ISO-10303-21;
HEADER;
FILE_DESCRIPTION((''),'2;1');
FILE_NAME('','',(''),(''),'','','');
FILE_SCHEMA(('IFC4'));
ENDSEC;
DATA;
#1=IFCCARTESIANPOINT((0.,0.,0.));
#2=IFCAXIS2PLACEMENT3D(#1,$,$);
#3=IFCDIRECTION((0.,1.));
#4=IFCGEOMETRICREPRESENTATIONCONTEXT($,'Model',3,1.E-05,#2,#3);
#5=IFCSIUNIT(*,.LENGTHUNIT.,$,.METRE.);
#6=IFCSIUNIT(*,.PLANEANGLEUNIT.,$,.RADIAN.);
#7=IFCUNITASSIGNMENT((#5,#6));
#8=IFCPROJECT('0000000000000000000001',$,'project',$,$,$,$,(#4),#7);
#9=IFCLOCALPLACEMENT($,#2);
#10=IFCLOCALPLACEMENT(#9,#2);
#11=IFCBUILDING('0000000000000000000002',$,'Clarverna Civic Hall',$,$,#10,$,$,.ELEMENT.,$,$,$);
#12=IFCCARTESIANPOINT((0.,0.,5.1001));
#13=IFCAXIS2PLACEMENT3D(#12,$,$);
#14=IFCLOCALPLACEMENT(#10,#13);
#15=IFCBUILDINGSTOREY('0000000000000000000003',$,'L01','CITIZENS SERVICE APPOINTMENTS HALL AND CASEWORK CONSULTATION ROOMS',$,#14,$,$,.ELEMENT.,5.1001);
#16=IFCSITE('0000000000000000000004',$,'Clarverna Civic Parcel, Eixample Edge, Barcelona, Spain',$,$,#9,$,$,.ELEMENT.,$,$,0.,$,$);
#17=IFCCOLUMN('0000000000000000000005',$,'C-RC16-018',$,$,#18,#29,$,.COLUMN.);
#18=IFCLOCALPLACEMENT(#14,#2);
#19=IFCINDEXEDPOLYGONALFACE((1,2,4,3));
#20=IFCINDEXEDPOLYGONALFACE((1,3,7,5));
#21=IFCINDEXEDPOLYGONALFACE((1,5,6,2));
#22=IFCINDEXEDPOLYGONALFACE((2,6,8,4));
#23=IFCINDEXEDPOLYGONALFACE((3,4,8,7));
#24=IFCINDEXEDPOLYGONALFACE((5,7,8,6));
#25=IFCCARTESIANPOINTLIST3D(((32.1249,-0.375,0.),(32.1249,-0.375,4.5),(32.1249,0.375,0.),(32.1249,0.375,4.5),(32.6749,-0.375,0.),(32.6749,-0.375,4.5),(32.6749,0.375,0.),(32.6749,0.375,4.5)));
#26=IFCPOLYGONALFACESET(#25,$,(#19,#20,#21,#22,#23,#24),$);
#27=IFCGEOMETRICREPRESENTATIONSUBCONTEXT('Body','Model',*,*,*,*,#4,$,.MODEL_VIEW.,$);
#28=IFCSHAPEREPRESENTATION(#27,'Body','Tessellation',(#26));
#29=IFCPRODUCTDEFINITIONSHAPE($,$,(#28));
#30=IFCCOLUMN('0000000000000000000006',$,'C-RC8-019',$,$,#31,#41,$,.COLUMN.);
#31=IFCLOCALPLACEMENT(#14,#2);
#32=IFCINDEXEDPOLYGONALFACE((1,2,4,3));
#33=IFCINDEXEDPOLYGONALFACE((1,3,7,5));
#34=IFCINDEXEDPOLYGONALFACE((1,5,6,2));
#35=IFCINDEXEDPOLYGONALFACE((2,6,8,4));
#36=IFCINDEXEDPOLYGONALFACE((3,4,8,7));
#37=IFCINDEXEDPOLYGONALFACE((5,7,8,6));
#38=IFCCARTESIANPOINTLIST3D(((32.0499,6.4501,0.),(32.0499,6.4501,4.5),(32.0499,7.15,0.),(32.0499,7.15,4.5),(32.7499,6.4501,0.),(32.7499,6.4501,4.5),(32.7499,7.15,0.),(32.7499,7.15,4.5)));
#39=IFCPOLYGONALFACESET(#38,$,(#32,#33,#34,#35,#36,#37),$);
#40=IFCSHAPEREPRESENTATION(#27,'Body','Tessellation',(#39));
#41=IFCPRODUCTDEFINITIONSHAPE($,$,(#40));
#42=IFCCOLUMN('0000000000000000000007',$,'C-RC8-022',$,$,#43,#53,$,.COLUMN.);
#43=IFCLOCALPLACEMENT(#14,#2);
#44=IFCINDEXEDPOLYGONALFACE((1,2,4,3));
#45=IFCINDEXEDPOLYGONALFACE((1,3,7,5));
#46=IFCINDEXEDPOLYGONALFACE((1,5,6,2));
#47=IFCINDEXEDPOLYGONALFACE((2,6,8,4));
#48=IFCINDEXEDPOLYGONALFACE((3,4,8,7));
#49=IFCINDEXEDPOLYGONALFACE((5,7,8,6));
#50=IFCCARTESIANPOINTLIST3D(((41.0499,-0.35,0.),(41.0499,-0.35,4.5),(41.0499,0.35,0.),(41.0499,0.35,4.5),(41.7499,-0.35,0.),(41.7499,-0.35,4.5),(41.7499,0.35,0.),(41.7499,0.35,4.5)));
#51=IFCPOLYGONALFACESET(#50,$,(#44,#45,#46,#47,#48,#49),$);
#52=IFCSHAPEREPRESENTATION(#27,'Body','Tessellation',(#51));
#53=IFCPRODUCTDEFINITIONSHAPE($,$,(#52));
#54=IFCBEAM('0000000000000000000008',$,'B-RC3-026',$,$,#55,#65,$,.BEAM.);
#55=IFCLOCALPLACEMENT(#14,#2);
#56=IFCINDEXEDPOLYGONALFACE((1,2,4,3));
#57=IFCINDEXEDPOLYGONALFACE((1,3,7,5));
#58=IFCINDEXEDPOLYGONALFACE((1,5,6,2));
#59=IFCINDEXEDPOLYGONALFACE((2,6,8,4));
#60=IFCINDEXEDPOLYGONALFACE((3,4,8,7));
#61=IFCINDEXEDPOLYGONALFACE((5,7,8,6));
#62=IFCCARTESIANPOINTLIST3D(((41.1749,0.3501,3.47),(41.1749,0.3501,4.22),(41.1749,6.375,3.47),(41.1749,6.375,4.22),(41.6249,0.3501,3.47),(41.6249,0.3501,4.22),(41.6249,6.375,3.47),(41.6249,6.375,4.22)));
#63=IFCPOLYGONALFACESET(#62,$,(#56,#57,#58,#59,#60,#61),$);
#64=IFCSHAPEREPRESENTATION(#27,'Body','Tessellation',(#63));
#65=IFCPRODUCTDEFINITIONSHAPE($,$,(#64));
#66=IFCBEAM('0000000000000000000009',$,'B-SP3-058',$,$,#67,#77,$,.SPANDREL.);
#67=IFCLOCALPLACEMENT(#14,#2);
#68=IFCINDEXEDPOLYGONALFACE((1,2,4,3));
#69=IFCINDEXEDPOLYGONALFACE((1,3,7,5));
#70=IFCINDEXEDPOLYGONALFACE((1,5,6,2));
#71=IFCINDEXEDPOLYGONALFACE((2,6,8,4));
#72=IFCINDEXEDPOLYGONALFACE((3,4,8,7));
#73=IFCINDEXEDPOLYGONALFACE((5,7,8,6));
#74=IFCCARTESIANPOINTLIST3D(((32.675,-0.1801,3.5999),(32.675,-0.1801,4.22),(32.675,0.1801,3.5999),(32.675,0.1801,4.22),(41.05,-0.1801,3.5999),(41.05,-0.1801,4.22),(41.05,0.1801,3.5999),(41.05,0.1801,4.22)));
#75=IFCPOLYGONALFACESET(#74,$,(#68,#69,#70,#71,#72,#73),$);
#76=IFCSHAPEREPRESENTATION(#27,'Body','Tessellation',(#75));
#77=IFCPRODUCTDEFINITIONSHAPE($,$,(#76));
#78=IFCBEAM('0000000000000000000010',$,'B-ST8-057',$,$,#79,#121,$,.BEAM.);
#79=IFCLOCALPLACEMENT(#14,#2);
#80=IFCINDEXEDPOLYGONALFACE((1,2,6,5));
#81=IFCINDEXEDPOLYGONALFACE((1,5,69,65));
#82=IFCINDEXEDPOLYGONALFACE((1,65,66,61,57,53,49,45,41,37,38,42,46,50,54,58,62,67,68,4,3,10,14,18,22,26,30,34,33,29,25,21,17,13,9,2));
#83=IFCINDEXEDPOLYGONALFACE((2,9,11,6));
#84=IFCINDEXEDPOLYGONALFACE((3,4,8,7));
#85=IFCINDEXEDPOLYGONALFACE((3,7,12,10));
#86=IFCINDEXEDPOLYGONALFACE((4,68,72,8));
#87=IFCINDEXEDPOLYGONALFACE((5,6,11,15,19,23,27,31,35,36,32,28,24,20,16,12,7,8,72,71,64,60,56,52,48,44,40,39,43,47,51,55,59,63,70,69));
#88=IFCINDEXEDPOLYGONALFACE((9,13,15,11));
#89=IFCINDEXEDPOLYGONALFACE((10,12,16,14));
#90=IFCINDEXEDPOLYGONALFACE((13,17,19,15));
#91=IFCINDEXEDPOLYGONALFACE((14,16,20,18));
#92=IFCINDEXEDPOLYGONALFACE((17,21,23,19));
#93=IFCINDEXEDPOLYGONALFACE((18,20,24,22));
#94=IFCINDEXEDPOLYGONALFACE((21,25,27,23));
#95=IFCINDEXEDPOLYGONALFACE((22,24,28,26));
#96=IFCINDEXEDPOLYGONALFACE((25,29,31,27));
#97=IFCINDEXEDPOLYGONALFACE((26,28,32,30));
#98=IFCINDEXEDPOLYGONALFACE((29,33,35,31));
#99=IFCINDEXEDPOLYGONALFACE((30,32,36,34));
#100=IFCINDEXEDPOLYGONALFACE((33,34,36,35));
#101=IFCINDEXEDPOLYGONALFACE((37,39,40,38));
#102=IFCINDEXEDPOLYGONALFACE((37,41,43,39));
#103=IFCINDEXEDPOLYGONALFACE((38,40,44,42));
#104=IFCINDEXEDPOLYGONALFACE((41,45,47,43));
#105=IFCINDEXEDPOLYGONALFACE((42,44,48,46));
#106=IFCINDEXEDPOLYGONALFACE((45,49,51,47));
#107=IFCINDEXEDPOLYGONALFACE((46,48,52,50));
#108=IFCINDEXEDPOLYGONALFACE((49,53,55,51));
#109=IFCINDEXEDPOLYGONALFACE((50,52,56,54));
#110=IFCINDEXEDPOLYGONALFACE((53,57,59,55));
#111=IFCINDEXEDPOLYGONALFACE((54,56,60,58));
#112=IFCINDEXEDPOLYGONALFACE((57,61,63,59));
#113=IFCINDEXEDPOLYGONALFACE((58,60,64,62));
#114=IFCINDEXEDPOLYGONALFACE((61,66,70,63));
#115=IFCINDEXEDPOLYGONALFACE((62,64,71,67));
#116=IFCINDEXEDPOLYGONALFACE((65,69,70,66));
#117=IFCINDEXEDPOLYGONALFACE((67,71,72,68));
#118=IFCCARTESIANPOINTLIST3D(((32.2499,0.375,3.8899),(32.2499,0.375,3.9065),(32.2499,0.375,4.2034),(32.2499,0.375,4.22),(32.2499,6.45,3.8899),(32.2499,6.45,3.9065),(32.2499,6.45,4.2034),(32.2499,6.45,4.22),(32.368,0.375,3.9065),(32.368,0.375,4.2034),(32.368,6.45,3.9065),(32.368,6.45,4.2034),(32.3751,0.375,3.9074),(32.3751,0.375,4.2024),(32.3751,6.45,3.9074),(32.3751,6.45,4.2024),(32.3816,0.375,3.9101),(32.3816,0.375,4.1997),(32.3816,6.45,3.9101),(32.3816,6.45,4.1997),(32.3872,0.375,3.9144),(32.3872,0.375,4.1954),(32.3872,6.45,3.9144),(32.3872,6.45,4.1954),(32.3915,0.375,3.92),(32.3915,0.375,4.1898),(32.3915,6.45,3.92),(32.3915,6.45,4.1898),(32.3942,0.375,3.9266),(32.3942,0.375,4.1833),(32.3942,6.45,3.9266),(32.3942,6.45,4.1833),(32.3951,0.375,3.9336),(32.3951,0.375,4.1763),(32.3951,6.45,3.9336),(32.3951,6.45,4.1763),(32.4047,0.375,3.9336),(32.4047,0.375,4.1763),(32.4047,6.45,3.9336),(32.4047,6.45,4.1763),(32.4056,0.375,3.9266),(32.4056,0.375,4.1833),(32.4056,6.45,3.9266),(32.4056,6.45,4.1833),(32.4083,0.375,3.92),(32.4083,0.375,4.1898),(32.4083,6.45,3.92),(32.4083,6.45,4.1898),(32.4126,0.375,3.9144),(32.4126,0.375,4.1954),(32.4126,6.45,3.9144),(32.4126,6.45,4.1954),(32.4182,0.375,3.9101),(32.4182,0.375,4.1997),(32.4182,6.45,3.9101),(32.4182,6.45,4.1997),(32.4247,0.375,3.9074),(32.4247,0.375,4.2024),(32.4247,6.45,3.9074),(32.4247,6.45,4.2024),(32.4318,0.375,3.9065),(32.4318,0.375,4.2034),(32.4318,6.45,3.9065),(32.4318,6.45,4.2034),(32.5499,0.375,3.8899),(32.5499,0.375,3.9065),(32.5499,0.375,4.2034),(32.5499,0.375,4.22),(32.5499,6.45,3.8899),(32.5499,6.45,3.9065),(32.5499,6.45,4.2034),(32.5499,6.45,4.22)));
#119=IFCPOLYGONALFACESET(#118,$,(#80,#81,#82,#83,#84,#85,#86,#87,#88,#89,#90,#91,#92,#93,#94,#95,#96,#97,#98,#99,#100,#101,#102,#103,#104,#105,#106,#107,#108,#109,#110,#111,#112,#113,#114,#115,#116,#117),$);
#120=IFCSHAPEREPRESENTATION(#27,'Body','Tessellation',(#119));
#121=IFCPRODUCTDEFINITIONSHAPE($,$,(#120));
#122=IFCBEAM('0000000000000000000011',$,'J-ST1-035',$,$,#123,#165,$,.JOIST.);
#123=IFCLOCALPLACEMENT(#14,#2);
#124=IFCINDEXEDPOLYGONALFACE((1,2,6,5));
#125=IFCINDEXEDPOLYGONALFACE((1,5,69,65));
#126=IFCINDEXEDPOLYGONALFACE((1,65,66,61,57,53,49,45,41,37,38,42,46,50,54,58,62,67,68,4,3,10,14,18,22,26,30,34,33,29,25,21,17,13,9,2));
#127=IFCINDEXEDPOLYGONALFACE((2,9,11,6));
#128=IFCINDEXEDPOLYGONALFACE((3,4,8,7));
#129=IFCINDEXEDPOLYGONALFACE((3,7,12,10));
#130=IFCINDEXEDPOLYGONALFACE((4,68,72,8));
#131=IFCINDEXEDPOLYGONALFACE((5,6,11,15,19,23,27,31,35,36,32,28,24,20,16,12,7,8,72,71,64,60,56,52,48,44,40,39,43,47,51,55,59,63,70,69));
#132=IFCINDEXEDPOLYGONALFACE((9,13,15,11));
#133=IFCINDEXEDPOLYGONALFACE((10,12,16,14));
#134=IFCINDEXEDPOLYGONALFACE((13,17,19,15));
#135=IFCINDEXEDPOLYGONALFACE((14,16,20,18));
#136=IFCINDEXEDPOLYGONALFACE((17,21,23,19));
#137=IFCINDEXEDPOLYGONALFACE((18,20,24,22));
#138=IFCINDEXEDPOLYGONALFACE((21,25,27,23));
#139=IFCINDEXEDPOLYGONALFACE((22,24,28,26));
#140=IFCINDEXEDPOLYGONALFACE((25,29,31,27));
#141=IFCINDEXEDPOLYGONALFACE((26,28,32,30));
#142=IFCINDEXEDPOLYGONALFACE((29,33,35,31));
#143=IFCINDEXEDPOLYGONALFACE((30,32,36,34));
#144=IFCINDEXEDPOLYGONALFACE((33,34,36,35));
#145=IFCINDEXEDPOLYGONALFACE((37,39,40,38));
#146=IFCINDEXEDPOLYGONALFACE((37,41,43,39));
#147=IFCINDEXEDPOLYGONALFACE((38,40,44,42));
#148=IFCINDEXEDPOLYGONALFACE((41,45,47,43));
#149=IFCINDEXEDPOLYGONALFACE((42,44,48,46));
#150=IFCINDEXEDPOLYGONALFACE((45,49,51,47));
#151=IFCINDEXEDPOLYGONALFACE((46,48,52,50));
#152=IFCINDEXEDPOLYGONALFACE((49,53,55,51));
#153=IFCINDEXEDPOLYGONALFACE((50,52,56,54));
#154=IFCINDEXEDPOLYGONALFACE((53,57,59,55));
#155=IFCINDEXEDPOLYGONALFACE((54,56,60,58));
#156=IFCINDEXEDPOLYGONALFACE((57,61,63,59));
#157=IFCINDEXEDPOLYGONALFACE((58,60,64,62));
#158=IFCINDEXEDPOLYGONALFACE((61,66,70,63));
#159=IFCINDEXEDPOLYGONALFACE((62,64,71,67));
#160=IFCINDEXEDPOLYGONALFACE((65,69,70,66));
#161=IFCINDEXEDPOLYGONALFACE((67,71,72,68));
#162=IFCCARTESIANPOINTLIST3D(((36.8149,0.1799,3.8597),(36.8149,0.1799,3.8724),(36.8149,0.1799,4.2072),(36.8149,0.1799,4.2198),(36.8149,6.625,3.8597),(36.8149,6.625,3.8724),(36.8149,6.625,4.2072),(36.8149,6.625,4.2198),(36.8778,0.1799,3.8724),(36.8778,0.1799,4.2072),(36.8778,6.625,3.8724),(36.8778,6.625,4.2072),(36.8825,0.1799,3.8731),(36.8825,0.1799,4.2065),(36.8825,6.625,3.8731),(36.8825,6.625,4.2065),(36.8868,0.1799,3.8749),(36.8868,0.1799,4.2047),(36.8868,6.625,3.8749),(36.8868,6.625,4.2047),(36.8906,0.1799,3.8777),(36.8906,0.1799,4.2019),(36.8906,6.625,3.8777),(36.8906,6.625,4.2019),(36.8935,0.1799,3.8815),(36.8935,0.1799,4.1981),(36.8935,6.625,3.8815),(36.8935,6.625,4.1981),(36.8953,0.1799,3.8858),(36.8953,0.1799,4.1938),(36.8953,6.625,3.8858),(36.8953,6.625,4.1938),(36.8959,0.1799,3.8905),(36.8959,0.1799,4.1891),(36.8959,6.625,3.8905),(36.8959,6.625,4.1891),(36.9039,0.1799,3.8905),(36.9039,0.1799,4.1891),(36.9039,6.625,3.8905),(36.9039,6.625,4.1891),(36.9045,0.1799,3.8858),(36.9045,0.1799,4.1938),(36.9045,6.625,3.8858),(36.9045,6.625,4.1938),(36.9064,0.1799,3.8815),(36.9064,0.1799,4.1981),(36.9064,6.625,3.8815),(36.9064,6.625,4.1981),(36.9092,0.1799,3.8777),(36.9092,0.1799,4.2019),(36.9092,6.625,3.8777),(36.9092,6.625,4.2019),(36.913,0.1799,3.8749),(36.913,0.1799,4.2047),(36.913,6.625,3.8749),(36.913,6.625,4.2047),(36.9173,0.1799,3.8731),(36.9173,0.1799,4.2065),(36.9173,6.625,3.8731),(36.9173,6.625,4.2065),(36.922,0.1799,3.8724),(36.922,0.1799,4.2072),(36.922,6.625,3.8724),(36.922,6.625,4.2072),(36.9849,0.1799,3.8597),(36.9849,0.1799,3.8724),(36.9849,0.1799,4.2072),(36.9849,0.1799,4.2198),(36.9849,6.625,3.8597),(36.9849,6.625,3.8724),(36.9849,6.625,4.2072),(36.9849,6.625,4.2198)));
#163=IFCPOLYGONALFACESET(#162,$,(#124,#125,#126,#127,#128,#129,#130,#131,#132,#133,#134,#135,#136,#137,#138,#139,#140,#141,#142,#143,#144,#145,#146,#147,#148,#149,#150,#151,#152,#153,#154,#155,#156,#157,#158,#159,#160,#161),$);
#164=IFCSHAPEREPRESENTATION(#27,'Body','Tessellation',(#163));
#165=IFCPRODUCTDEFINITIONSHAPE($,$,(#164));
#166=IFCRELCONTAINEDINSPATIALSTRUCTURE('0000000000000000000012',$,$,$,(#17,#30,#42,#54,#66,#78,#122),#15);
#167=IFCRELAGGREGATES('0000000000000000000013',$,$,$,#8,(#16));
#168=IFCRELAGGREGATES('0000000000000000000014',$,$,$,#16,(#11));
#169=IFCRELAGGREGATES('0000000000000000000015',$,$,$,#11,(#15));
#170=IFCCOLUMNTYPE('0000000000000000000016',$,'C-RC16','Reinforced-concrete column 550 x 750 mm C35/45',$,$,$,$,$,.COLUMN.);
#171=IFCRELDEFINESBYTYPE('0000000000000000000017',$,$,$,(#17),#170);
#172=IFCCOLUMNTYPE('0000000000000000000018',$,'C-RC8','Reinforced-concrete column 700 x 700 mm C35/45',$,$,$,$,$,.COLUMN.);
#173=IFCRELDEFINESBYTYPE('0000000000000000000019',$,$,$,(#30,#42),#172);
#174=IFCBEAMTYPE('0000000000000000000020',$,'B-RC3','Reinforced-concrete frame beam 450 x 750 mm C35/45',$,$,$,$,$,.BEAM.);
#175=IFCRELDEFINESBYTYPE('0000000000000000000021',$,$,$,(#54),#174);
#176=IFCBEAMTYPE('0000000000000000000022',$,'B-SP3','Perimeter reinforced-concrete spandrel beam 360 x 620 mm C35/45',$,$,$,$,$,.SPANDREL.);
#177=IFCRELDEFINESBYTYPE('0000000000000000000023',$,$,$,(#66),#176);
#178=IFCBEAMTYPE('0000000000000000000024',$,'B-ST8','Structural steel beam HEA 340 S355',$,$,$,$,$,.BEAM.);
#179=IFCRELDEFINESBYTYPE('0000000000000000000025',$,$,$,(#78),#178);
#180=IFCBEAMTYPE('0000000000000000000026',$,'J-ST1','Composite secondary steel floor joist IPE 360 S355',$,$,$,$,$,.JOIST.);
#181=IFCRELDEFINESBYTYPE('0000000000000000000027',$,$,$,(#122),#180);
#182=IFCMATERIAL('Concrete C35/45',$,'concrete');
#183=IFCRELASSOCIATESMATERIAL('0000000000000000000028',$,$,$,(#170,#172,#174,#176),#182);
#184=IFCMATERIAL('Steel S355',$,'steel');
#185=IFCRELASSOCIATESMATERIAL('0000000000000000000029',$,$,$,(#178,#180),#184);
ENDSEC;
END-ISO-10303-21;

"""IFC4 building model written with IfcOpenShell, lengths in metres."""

from ifc_helpers import new_model, si_unit, direction, frame, origin, origin_2d, place, context, subcontext, project, spatial, rectangle, i_section, extrude, material, material_profile, profile_set, type_object, element, save


model = new_model("IFC4")

# Units and contexts
model_context = context("Model", 3, precision=1e-05, world=origin(), true_north=direction((0.0, 1.0)))
body_context = subcontext(model_context, "Body", "Model", "MODEL_VIEW")
ifc_project = project(units=[si_unit("LENGTHUNIT", "METRE"), si_unit("PLANEANGLEUNIT", "RADIAN")], contexts=[model_context])

# Site, building, storey
site_placement = place(None, origin())
site = spatial("IfcSite", under=ifc_project, at=site_placement, Name="Clarverna Civic Parcel, Eixample Edge, Barcelona, Spain", CompositionType="ELEMENT", RefElevation=0.0)
building_placement = place(site_placement, origin())
building = spatial("IfcBuilding", under=site, at=building_placement, Name="Clarverna Civic Hall", CompositionType="ELEMENT")
storey_placement = place(building_placement, frame((0.0, 0.0, 5.1001)))
storey = spatial("IfcBuildingStorey", under=building, at=storey_placement, Name="L01", Description="CITIZENS SERVICE APPOINTMENTS HALL AND CASEWORK CONSULTATION ROOMS", CompositionType="ELEMENT", Elevation=5.1001)

# Columns
ifc_material_1 = material(Name="Concrete C35/45", Category="concrete")
ifc_material_profile_1 = material_profile(ifc_material_1, rectangle(XDim=0.55, YDim=0.75, at=origin_2d()), Name="RC 550x750")
ifc_profile_set_1 = profile_set([ifc_material_profile_1], Name="Concrete C35/45")
column_type_1 = type_object("IfcColumnType", Name="C-RC16", Description="Reinforced-concrete column 550 x 750 mm C35/45", PredefinedType="COLUMN", material=ifc_profile_set_1)
column_placement = place(storey_placement, frame((32.3999, 0.0, 0.0), z_axis=(0.0, 0.0, 1.0), x_axis=(1.0, 0.0, 0.0)))
element("IfcColumn", 1, at=column_placement, inside=storey, type_object=column_type_1, Name="C-RC16-018", PredefinedType="COLUMN", context=body_context, shape_type="SweptSolid", body=[
    extrude(rectangle(XDim=0.55, YDim=0.75, at=origin_2d()), origin(), (0.0, 0.0, 1.0), 4.5),
])
ifc_material_profile_2 = material_profile(ifc_material_1, rectangle(XDim=0.7, YDim=0.7, at=origin_2d()), Name="RC 700x700")
ifc_profile_set_2 = profile_set([ifc_material_profile_2], Name="Concrete C35/45")
column_type_2 = type_object("IfcColumnType", Name="C-RC8", Description="Reinforced-concrete column 700 x 700 mm C35/45", PredefinedType="COLUMN", material=ifc_profile_set_2)
for number, where, z_axis, x_axis, name in (
    (2, (32.3999, 6.8, 0.0), (0.0, 0.0, 1.0), (1.0, 0.0, 0.0), "C-RC8-019"),
    (3, (41.3999, 0.0, 0.0), (0.0, 0.0, 1.0), (1.0, 0.0, 0.0), "C-RC8-022"),
):
    element("IfcColumn", number, at=place(storey_placement, frame(where, z_axis=z_axis, x_axis=x_axis)), inside=storey, type_object=column_type_2, Name=name, PredefinedType="COLUMN", context=body_context, shape_type="SweptSolid", body=[
        extrude(rectangle(XDim=0.7, YDim=0.7, at=origin_2d()), origin(), (0.0, 0.0, 1.0), 4.5),
    ])

# Beams
ifc_material_profile_3 = material_profile(ifc_material_1, rectangle(XDim=0.45, YDim=0.75, at=origin_2d()), Name="RC 450x750")
ifc_profile_set_3 = profile_set([ifc_material_profile_3], Name="Concrete C35/45")
beam_type_1 = type_object("IfcBeamType", Name="B-RC3", Description="Reinforced-concrete frame beam 450 x 750 mm C35/45", PredefinedType="BEAM", material=ifc_profile_set_3)
beam_1_placement = place(storey_placement, frame((41.3999, 0.3501, 3.845), z_axis=(0.0, 1.0, 0.0), x_axis=(-1.0, 0.0, 0.0)))
element("IfcBeam", 4, at=beam_1_placement, inside=storey, type_object=beam_type_1, Name="B-RC3-026", PredefinedType="BEAM", context=body_context, shape_type="SweptSolid", body=[
    extrude(rectangle(XDim=0.45, YDim=0.75, at=origin_2d()), origin(), (0.0, 0.0, 1.0), 6.0249),
])
ifc_material_profile_4 = material_profile(ifc_material_1, rectangle(XDim=0.3601, YDim=0.6201, at=origin_2d()), Name="RC 360x620")
ifc_profile_set_4 = profile_set([ifc_material_profile_4], Name="Concrete C35/45")
beam_type_2 = type_object("IfcBeamType", Name="B-SP3", Description="Perimeter reinforced-concrete spandrel beam 360 x 620 mm C35/45", PredefinedType="SPANDREL", material=ifc_profile_set_4)
beam_2_placement = place(storey_placement, frame((32.675, 0.0, 3.9099), z_axis=(1.0, 0.0, 0.0), x_axis=(0.0, 1.0, 0.0)))
element("IfcBeam", 5, at=beam_2_placement, inside=storey, type_object=beam_type_2, Name="B-SP3-058", PredefinedType="SPANDREL", context=body_context, shape_type="SweptSolid", body=[
    extrude(rectangle(XDim=0.3601, YDim=0.6201, at=origin_2d()), origin(), (0.0, 0.0, 1.0), 8.375),
])
ifc_material_2 = material(Name="Steel S355", Category="steel")
ifc_material_profile_5 = material_profile(ifc_material_2, i_section(OverallWidth=0.3, OverallDepth=0.3301, WebThickness=0.0095, FlangeThickness=0.0166, FilletRadius=0.0271, at=origin_2d()), Name="HEA 340")
ifc_profile_set_5 = profile_set([ifc_material_profile_5], Name="Steel S355")
beam_type_3 = type_object("IfcBeamType", Name="B-ST8", Description="Structural steel beam HEA 340 S355", PredefinedType="BEAM", material=ifc_profile_set_5)
beam_3_placement = place(storey_placement, frame((32.3999, 0.375, 4.0549), z_axis=(0.0, 1.0, 0.0), x_axis=(-1.0, 0.0, 0.0)))
element("IfcBeam", 6, at=beam_3_placement, inside=storey, type_object=beam_type_3, Name="B-ST8-057", PredefinedType="BEAM", context=body_context, shape_type="SweptSolid", body=[
    extrude(i_section(OverallWidth=0.3, OverallDepth=0.3301, WebThickness=0.0095, FlangeThickness=0.0166, FilletRadius=0.0271, at=origin_2d()), origin(), (0.0, 0.0, 1.0), 6.075),
])
ifc_material_profile_6 = material_profile(ifc_material_2, i_section(OverallWidth=0.1699, OverallDepth=0.3601, WebThickness=0.0081, FlangeThickness=0.0127, FilletRadius=0.0181, at=origin_2d()), Name="IPE 360")
ifc_profile_set_6 = profile_set([ifc_material_profile_6], Name="Steel S355")
beam_type_4 = type_object("IfcBeamType", Name="J-ST1", Description="Composite secondary steel floor joist IPE 360 S355", PredefinedType="JOIST", material=ifc_profile_set_6)
beam_4_placement = place(storey_placement, frame((36.8999, 0.1799, 4.0398), z_axis=(0.0, 1.0, 0.0), x_axis=(-1.0, 0.0, 0.0)))
element("IfcBeam", 7, at=beam_4_placement, inside=storey, type_object=beam_type_4, Name="J-ST1-035", PredefinedType="JOIST", context=body_context, shape_type="SweptSolid", body=[
    extrude(i_section(OverallWidth=0.1699, OverallDepth=0.3601, WebThickness=0.0081, FlangeThickness=0.0127, FilletRadius=0.0181, at=origin_2d()), origin(), (0.0, 0.0, 1.0), 6.4451),
])

save(model, "model.ifc")
